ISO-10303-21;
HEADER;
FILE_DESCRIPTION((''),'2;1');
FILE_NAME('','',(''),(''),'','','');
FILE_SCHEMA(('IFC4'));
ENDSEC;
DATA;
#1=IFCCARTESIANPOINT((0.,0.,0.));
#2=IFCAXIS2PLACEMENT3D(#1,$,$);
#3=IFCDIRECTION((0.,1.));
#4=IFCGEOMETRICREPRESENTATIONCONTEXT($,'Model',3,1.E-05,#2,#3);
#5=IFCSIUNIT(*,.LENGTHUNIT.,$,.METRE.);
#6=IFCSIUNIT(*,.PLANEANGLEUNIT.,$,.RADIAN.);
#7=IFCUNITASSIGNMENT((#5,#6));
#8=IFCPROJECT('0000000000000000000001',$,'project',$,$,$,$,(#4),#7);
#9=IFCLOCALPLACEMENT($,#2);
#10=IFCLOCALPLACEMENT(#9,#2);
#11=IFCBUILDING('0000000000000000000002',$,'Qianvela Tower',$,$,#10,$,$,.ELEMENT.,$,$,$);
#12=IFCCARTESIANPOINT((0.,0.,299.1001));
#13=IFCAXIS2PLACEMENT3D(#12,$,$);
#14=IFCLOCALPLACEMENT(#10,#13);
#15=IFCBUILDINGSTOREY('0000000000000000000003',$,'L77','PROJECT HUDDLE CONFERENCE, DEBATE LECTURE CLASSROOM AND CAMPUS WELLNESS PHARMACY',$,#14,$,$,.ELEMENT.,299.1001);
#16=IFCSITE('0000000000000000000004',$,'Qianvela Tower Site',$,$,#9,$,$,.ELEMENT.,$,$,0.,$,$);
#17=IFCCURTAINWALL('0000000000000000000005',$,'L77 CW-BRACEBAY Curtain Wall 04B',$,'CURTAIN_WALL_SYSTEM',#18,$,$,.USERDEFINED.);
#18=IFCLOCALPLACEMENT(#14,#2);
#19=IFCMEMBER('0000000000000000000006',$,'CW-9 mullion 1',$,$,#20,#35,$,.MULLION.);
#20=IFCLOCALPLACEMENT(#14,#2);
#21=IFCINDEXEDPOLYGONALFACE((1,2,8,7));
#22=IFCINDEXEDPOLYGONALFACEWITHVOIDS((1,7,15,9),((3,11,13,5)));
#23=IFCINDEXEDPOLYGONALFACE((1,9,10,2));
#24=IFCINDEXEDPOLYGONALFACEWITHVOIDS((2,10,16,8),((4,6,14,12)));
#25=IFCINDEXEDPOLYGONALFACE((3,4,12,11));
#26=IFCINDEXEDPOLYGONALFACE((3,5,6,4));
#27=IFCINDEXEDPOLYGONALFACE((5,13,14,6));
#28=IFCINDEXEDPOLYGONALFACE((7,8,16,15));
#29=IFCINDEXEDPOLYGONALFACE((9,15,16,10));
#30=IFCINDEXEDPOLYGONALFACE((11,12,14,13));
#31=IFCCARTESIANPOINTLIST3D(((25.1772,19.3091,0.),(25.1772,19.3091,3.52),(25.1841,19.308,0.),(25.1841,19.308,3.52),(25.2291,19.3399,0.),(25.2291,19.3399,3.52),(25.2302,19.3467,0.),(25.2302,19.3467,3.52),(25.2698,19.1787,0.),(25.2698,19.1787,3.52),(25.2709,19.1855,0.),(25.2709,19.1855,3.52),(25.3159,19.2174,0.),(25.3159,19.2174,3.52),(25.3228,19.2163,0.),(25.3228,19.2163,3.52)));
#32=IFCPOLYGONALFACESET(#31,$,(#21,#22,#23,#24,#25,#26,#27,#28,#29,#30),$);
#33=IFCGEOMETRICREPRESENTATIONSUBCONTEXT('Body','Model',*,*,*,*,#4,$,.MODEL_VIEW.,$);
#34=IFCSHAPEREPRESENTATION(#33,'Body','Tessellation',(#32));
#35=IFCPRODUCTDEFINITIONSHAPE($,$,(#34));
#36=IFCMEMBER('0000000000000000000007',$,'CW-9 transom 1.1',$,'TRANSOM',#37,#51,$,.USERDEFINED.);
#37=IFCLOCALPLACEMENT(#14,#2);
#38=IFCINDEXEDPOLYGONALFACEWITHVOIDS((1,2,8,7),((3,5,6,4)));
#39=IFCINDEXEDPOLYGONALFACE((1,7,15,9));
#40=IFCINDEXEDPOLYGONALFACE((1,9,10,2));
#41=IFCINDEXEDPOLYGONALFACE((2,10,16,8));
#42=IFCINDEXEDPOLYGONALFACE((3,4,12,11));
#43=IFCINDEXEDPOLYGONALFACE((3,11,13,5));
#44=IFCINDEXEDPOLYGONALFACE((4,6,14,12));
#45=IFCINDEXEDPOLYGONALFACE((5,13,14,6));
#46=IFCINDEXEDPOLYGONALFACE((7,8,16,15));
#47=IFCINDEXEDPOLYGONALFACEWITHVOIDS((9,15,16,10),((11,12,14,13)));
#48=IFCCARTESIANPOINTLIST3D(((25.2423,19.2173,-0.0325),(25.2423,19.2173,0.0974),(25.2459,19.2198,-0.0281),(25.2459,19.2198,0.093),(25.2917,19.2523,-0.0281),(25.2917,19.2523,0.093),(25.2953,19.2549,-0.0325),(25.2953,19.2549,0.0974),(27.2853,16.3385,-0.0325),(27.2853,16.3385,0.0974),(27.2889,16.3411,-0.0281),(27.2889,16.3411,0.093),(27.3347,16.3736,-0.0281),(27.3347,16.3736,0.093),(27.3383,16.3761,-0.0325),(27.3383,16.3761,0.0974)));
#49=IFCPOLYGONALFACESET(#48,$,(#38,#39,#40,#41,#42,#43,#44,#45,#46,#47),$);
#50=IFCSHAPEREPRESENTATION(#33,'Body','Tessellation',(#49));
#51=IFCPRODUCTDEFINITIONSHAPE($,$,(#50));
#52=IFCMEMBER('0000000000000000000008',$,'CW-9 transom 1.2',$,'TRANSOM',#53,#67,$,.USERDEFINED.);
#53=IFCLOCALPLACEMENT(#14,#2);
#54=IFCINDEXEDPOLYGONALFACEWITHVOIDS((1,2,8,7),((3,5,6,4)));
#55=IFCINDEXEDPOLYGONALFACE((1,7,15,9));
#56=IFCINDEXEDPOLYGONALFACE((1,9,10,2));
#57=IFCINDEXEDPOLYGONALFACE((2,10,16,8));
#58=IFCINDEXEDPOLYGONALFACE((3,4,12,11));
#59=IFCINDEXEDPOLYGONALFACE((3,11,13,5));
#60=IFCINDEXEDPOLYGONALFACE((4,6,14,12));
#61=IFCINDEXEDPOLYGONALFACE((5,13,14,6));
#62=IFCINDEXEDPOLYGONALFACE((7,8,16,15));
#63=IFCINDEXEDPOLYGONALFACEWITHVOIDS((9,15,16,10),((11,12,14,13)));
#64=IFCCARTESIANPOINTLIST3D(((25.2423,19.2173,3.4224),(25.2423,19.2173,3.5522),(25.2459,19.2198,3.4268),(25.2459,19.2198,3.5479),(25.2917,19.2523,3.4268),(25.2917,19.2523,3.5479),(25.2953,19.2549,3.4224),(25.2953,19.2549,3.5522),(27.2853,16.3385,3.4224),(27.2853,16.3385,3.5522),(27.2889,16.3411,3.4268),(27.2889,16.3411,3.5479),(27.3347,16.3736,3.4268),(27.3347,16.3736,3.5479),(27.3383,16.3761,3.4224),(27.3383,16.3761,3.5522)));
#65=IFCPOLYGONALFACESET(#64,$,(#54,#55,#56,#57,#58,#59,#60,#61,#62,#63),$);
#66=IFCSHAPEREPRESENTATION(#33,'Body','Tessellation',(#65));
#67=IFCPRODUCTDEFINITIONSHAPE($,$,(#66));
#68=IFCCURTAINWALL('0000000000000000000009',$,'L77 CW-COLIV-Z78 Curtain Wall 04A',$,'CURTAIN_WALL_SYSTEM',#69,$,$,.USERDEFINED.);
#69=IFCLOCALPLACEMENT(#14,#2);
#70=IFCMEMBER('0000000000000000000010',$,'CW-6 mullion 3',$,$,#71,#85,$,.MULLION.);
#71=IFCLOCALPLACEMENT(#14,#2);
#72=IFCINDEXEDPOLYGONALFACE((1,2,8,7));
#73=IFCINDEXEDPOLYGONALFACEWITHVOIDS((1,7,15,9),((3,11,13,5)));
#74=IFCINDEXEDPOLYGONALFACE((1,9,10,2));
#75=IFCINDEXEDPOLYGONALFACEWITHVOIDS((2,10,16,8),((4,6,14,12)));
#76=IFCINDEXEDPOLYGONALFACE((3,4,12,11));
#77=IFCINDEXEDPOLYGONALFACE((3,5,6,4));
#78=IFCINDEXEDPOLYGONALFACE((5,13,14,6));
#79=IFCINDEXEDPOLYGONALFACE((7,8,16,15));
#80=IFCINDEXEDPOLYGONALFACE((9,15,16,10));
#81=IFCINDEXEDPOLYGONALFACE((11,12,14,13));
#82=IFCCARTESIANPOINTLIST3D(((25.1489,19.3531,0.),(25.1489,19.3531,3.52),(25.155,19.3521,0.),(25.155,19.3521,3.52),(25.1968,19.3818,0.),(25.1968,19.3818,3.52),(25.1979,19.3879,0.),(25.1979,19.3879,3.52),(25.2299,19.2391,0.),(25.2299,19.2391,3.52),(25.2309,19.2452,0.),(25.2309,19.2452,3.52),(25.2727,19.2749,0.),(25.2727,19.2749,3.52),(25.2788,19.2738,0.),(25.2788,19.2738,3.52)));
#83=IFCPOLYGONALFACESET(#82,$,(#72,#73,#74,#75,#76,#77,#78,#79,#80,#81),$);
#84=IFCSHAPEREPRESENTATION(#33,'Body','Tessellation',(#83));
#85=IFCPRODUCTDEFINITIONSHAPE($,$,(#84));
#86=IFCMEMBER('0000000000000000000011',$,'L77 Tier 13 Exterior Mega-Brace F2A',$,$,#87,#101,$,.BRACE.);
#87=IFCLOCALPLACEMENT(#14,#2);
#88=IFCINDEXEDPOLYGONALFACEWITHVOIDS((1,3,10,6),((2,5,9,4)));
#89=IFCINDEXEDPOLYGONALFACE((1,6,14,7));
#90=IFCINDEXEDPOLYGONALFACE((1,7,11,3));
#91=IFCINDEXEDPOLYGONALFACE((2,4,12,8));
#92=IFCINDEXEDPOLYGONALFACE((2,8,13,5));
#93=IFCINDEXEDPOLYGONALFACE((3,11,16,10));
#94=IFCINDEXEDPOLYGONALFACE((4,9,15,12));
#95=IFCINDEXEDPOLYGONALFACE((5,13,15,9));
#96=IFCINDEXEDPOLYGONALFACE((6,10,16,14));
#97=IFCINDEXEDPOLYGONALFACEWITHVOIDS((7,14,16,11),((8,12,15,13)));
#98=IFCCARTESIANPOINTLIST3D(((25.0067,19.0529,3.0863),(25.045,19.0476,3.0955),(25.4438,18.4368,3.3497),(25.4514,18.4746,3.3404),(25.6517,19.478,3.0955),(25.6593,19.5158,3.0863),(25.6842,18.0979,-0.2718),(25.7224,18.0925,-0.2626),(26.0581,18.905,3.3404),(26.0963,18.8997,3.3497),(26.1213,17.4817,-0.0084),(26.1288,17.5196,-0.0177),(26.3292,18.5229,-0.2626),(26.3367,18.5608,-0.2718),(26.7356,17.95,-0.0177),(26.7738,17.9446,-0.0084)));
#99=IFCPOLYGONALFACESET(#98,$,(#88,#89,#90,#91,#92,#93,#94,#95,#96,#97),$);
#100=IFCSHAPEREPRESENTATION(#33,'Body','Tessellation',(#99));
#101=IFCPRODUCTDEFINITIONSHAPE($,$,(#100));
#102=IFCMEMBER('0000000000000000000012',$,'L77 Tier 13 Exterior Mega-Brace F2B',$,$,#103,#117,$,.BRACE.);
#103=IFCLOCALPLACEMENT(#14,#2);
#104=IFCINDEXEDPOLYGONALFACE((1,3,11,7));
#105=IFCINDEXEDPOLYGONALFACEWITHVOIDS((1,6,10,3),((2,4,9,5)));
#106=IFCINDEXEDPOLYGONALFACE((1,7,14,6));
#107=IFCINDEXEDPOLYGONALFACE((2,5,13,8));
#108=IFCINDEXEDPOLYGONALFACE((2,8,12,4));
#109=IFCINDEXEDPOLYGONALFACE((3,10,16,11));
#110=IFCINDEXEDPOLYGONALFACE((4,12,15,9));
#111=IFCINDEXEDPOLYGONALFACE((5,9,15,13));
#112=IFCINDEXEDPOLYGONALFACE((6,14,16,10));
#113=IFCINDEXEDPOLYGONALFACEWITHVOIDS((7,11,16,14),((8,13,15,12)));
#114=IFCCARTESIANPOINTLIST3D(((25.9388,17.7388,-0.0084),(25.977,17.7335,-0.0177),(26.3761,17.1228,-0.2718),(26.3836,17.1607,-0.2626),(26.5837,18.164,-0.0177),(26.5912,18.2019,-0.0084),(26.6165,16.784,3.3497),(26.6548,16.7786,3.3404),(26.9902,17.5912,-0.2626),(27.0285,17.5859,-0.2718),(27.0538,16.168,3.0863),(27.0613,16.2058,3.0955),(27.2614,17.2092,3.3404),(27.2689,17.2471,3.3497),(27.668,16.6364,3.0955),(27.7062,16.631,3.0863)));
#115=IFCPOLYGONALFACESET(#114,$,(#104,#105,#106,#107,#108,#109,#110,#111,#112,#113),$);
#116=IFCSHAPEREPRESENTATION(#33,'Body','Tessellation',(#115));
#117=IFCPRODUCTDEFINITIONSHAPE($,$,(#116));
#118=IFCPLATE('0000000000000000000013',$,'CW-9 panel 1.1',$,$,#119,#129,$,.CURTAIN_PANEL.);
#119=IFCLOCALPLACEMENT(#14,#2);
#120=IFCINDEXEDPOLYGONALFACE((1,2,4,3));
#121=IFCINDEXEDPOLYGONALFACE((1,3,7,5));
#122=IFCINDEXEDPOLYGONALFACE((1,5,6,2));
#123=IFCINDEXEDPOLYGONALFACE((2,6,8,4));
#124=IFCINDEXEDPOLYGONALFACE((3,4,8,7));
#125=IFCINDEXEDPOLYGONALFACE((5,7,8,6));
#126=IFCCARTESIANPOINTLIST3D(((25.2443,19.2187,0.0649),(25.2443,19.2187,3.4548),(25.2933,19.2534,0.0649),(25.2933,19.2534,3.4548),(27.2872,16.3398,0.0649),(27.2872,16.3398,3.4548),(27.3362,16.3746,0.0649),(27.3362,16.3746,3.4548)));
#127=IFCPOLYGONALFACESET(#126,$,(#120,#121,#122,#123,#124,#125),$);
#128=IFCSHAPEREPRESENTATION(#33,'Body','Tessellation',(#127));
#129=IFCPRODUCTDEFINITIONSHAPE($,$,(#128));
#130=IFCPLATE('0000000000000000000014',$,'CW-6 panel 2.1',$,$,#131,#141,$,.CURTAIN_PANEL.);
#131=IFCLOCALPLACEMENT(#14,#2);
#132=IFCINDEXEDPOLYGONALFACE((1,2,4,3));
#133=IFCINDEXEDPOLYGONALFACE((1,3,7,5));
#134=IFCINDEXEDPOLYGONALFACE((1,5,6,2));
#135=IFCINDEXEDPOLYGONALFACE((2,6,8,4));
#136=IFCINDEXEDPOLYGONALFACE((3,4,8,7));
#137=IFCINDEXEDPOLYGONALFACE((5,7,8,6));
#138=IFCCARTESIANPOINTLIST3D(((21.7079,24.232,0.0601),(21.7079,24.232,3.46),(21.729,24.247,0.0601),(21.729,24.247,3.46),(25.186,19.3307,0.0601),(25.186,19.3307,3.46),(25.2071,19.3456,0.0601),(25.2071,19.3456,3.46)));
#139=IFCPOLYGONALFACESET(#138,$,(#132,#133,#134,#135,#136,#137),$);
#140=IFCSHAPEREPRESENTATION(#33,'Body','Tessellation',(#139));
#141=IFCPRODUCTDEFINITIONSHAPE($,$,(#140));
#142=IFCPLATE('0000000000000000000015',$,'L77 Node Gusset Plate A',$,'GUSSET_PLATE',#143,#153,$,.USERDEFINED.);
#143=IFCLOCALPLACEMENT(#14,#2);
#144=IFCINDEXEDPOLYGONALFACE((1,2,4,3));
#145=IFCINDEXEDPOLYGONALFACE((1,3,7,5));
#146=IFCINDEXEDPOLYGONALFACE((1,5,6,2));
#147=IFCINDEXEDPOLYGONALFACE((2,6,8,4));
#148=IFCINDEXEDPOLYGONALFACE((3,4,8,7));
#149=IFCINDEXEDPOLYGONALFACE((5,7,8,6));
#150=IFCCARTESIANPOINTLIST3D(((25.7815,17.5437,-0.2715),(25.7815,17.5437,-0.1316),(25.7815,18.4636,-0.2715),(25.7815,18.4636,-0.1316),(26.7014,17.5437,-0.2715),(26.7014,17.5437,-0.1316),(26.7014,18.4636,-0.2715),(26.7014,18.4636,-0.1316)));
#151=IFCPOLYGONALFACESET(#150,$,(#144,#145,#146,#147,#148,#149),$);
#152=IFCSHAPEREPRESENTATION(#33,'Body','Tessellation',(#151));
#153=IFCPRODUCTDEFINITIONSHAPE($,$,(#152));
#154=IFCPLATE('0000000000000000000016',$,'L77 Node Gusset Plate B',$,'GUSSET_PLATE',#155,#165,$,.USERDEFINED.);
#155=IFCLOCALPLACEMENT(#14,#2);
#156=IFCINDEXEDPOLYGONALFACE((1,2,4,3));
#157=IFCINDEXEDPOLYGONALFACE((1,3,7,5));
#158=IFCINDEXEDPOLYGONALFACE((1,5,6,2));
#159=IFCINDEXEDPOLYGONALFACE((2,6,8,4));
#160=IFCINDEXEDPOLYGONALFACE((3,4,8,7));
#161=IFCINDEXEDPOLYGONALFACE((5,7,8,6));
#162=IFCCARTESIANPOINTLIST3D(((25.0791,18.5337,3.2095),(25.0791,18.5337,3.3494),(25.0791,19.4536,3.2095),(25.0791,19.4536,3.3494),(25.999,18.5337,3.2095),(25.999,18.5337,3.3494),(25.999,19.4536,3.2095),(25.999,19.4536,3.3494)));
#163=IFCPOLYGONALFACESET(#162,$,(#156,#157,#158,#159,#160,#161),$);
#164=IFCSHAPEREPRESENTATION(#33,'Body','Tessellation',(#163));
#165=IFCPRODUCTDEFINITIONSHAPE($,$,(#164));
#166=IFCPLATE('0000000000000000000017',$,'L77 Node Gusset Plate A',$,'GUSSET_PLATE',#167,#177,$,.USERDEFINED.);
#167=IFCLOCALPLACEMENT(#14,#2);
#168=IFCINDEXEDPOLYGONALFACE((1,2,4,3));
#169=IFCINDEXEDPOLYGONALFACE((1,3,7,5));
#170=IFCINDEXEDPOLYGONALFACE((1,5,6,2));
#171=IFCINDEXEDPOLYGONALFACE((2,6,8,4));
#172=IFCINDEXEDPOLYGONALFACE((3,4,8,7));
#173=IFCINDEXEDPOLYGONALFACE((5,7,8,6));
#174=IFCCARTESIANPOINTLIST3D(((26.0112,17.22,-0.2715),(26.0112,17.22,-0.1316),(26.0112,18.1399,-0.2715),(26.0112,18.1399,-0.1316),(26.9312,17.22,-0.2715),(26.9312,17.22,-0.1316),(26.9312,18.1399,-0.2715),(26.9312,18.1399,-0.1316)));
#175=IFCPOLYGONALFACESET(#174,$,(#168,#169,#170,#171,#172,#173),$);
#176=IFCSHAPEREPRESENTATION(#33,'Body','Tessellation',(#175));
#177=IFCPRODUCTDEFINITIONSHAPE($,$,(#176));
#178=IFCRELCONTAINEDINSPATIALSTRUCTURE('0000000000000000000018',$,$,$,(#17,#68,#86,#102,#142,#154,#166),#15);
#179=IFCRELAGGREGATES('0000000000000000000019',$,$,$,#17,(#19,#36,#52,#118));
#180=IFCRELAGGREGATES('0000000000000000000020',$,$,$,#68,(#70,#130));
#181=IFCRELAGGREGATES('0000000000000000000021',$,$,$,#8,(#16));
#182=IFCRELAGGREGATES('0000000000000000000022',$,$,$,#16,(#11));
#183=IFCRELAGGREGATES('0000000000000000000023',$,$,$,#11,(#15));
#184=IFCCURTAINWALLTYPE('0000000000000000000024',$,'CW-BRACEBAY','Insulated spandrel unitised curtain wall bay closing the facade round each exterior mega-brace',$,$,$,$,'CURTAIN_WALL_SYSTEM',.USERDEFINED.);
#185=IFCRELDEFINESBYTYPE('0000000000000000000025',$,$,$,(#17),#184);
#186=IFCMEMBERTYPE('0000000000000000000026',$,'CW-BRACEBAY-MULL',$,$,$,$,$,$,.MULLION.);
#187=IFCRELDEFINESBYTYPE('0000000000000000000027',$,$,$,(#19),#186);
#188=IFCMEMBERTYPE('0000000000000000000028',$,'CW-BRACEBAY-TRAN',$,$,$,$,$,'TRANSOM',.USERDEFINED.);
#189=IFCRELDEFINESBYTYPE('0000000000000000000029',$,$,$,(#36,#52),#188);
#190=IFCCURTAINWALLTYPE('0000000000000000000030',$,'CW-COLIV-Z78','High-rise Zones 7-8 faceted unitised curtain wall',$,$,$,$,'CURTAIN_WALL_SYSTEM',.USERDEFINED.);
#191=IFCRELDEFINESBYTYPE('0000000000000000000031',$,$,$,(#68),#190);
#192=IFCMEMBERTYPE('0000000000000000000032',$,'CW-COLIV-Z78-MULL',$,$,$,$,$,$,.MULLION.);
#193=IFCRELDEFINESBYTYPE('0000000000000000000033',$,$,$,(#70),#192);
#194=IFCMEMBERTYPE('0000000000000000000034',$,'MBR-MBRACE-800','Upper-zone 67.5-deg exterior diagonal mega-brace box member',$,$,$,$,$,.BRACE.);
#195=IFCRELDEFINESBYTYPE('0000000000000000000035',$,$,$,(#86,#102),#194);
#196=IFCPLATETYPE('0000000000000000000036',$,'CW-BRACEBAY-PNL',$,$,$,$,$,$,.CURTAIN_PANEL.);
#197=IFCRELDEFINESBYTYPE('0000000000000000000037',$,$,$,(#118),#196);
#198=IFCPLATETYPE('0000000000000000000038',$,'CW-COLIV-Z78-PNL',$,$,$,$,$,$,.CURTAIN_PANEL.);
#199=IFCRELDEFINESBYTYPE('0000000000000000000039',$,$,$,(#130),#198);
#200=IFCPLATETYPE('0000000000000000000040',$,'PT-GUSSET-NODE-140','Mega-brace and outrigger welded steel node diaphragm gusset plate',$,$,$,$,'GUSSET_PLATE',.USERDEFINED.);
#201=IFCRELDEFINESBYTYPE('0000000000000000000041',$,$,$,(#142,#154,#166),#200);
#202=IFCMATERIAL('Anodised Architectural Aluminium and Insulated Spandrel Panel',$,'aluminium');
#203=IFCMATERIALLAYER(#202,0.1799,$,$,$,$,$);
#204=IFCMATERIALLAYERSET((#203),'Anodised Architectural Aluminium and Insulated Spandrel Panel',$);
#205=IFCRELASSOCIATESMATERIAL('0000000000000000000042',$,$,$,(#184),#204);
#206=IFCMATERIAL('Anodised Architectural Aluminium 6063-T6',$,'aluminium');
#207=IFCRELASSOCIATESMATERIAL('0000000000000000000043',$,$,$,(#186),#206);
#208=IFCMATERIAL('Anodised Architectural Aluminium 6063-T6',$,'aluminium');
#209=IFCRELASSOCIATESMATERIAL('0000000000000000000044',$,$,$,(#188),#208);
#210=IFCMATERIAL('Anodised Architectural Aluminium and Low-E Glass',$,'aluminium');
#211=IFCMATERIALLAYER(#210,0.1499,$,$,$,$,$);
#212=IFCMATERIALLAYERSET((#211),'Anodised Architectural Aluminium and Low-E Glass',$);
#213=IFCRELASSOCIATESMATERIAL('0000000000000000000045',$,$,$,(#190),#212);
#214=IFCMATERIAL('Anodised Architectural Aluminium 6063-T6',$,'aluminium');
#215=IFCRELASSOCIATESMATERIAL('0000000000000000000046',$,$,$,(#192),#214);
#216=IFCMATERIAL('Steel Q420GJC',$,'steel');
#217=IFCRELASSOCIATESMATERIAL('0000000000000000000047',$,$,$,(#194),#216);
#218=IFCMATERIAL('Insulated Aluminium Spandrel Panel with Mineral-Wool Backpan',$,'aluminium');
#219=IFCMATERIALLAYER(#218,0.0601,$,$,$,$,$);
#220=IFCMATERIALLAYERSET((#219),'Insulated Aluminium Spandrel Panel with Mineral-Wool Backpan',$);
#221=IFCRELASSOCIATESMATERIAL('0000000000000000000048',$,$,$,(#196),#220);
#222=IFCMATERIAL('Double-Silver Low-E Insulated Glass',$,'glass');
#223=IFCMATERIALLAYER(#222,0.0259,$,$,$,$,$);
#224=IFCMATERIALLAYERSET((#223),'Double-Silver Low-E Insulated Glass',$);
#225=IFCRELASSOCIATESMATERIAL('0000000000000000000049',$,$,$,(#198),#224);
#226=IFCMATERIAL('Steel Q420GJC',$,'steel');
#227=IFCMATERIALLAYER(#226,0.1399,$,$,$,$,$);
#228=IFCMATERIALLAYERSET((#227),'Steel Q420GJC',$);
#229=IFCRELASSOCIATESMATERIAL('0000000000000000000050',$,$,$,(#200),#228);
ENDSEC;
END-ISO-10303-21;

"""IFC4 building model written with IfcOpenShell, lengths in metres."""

from ifc_helpers import new_model, si_unit, direction, frame, origin, origin_2d, place, context, subcontext, project, spatial, rectangle, hollow_rectangle, extrude, material, layer, layer_set, material_profile, profile_set, type_object, element, aggregate, save


model = new_model("IFC4")

# Units and contexts
model_context = context("Model", 3, precision=1e-05, world=origin(), true_north=direction((0.0, 1.0)))
body_context = subcontext(model_context, "Body", "Model", "MODEL_VIEW")
ifc_project = project(units=[si_unit("LENGTHUNIT", "METRE"), si_unit("PLANEANGLEUNIT", "RADIAN")], contexts=[model_context])

# Site, building, storey
site_placement = place(None, origin())
site = spatial("IfcSite", under=ifc_project, at=site_placement, Name="Qianvela Tower Site", CompositionType="ELEMENT", RefElevation=0.0)
building_placement = place(site_placement, origin())
building = spatial("IfcBuilding", under=site, at=building_placement, Name="Qianvela Tower", CompositionType="ELEMENT")
storey_placement = place(building_placement, frame((0.0, 0.0, 299.1001)))
storey = spatial("IfcBuildingStorey", under=building, at=storey_placement, Name="L77", Description="PROJECT HUDDLE CONFERENCE, DEBATE LECTURE CLASSROOM AND CAMPUS WELLNESS PHARMACY", CompositionType="ELEMENT", Elevation=299.1001)

# Curtain wall, members
ifc_material_1 = material(Name="Anodised Architectural Aluminium and Insulated Spandrel Panel", Category="aluminium")
ifc_layer_1 = layer(ifc_material_1, 0.1799)
ifc_layer_set_1 = layer_set([ifc_layer_1], Name="Anodised Architectural Aluminium and Insulated Spandrel Panel")
curtain_wall_type_1 = type_object("IfcCurtainWallType", Name="CW-BRACEBAY", Description="Insulated spandrel unitised curtain wall bay closing the facade round each exterior mega-brace", ElementType="CURTAIN_WALL_SYSTEM", PredefinedType="USERDEFINED", material=ifc_layer_set_1)
curtain_wall_1_placement = place(storey_placement, origin())
curtain_wall_1 = element("IfcCurtainWall", 1, at=curtain_wall_1_placement, inside=storey, type_object=curtain_wall_type_1, Name="L77 CW-BRACEBAY Curtain Wall 04B", ObjectType="CURTAIN_WALL_SYSTEM", PredefinedType="USERDEFINED")
ifc_material_2 = material(Name="Anodised Architectural Aluminium 6063-T6", Category="aluminium")
ifc_material_profile_1 = material_profile(ifc_material_2, hollow_rectangle(XDim=0.0649, YDim=0.1599, WallThickness=0.0049, at=origin_2d()), Name="ALU-MULL-65x160")
ifc_profile_set_1 = profile_set([ifc_material_profile_1], Name="Anodised Architectural Aluminium 6063-T6")
member_type_1 = type_object("IfcMemberType", Name="CW-BRACEBAY-MULL", PredefinedType="MULLION", material=ifc_profile_set_1)
member_1_placement = place(storey_placement, frame((25.25, 19.2627, 0.0), z_axis=(0.0, 0.0, 1.0), x_axis=(0.815526, 0.578721, 0.0)))
member_1 = element("IfcMember", 2, at=member_1_placement, type_object=member_type_1, Name="CW-9 mullion 1", PredefinedType="MULLION", context=body_context, shape_type="SweptSolid", body=[
    extrude(hollow_rectangle(XDim=0.0649, YDim=0.1599, WallThickness=0.0049, at=origin_2d()), origin(), (0.0, 0.0, 1.0), 3.52),
])
ifc_material_3 = material(Name="Anodised Architectural Aluminium 6063-T6", Category="aluminium")
ifc_material_profile_2 = material_profile(ifc_material_3, hollow_rectangle(XDim=0.0649, YDim=0.1299, WallThickness=0.0044, at=origin_2d()), Name="ALU-TRAN-65x130")
ifc_profile_set_2 = profile_set([ifc_material_profile_2], Name="Anodised Architectural Aluminium 6063-T6")
member_type_2 = type_object("IfcMemberType", Name="CW-BRACEBAY-TRAN", ElementType="TRANSOM", PredefinedType="USERDEFINED", material=ifc_profile_set_2)
member_2_placement = place(storey_placement, frame((25.2688, 19.2361, 0.0325), z_axis=(0.578756, -0.815501, 0.0), x_axis=(0.815501, 0.578756, 0.0)))
member_2 = element("IfcMember", 3, at=member_2_placement, type_object=member_type_2, Name="CW-9 transom 1.1", ObjectType="TRANSOM", PredefinedType="USERDEFINED", context=body_context, shape_type="SweptSolid", body=[
    extrude(hollow_rectangle(XDim=0.0649, YDim=0.1299, WallThickness=0.0044, at=origin_2d()), origin(), (0.0, 0.0, 1.0), 3.53),
])
member_3_placement = place(storey_placement, frame((25.2688, 19.2361, 3.4873), z_axis=(0.578756, -0.815501, 0.0), x_axis=(0.815501, 0.578756, 0.0)))
member_3 = element("IfcMember", 4, at=member_3_placement, type_object=member_type_2, Name="CW-9 transom 1.2", ObjectType="TRANSOM", PredefinedType="USERDEFINED", context=body_context, shape_type="SweptSolid", body=[
    extrude(hollow_rectangle(XDim=0.0649, YDim=0.1299, WallThickness=0.0044, at=origin_2d()), origin(), (0.0, 0.0, 1.0), 3.53),
])

# Curtain wall, member
ifc_material_4 = material(Name="Anodised Architectural Aluminium and Low-E Glass", Category="aluminium")
ifc_layer_2 = layer(ifc_material_4, 0.1499)
ifc_layer_set_2 = layer_set([ifc_layer_2], Name="Anodised Architectural Aluminium and Low-E Glass")
curtain_wall_type_2 = type_object("IfcCurtainWallType", Name="CW-COLIV-Z78", Description="High-rise Zones 7-8 faceted unitised curtain wall", ElementType="CURTAIN_WALL_SYSTEM", PredefinedType="USERDEFINED", material=ifc_layer_set_2)
curtain_wall_2_placement = place(storey_placement, origin())
curtain_wall_2 = element("IfcCurtainWall", 5, at=curtain_wall_2_placement, inside=storey, type_object=curtain_wall_type_2, Name="L77 CW-COLIV-Z78 Curtain Wall 04A", ObjectType="CURTAIN_WALL_SYSTEM", PredefinedType="USERDEFINED")
ifc_material_5 = material(Name="Anodised Architectural Aluminium 6063-T6", Category="aluminium")
ifc_material_profile_3 = material_profile(ifc_material_5, hollow_rectangle(XDim=0.0601, YDim=0.1399, WallThickness=0.0044, at=origin_2d()), Name="ALU-MULL-60x140")
ifc_profile_set_3 = profile_set([ifc_material_profile_3], Name="Anodised Architectural Aluminium 6063-T6")
member_type_3 = type_object("IfcMemberType", Name="CW-COLIV-Z78-MULL", PredefinedType="MULLION", material=ifc_profile_set_3)
member_4_placement = place(storey_placement, frame((25.2139, 19.3135, 0.0), z_axis=(0.0, 0.0, 1.0), x_axis=(0.815532, 0.578712, 0.0)))
member_4 = element("IfcMember", 6, at=member_4_placement, type_object=member_type_3, Name="CW-6 mullion 3", PredefinedType="MULLION", context=body_context, shape_type="SweptSolid", body=[
    extrude(hollow_rectangle(XDim=0.0601, YDim=0.1399, WallThickness=0.0044, at=origin_2d()), origin(), (0.0, 0.0, 1.0), 3.52),
])

# Members
ifc_material_6 = material(Name="Steel Q420GJC", Category="steel")
ifc_material_profile_4 = material_profile(ifc_material_6, hollow_rectangle(XDim=0.8, YDim=0.8, WallThickness=0.0281, at=origin_2d()), Name="MBOX-800x800x28")
ifc_profile_set_4 = profile_set([ifc_material_profile_4], Name="Steel Q420GJC")
member_type_4 = type_object("IfcMemberType", Name="MBR-MBRACE-800", Description="Upper-zone 67.5-deg exterior diagonal mega-brace box member", PredefinedType="BRACE", material=ifc_profile_set_4)
for number, where, z_axis, x_axis, name in (
    (7, (26.229, 18.0212, -0.1401), (-0.190496, 0.268548, 0.944242), (-0.815631, -0.578573, 0.0), "L77 Tier 13 Exterior Mega-Brace F2A"),
    (8, (26.4836, 17.6624, -0.1401), (0.190566, -0.268481, 0.944247), (0.815463, 0.57881, 0.0), "L77 Tier 13 Exterior Mega-Brace F2B"),
):
    element("IfcMember", number, at=place(storey_placement, frame(where, z_axis=z_axis, x_axis=x_axis)), inside=storey, type_object=member_type_4, Name=name, PredefinedType="BRACE", context=body_context, shape_type="SweptSolid", body=[
        extrude(hollow_rectangle(XDim=0.8, YDim=0.8, WallThickness=0.0281, at=origin_2d()), origin(), (0.0, 0.0, 1.0), 3.5564),
    ])

# Plates
ifc_material_7 = material(Name="Insulated Aluminium Spandrel Panel with Mineral-Wool Backpan", Category="aluminium")
ifc_layer_3 = layer(ifc_material_7, 0.0601)
ifc_layer_set_3 = layer_set([ifc_layer_3], Name="Insulated Aluminium Spandrel Panel with Mineral-Wool Backpan")
plate_type_1 = type_object("IfcPlateType", Name="CW-BRACEBAY-PNL", PredefinedType="CURTAIN_PANEL", material=ifc_layer_set_3)
plate_1_placement = place(storey_placement, frame((26.2903, 17.7966, 0.0649), z_axis=(0.0, 0.0, 1.0), x_axis=(0.578721, -0.815526, 0.0)))
plate_1 = element("IfcPlate", 9, at=plate_1_placement, type_object=plate_type_1, Name="CW-9 panel 1.1", PredefinedType="CURTAIN_PANEL", context=body_context, shape_type="SweptSolid", body=[
    extrude(rectangle(XDim=3.53, YDim=0.0601, at=origin_2d()), origin(), (0.0, 0.0, 1.0), 3.3899),
])
aggregate(curtain_wall_1, [member_1, member_2, member_3, plate_1])
ifc_material_8 = material(Name="Double-Silver Low-E Insulated Glass", Category="glass")
ifc_layer_4 = layer(ifc_material_8, 0.0259)
ifc_layer_set_4 = layer_set([ifc_layer_4], Name="Double-Silver Low-E Insulated Glass")
plate_type_2 = type_object("IfcPlateType", Name="CW-COLIV-Z78-PNL", PredefinedType="CURTAIN_PANEL", material=ifc_layer_set_4)
plate_2_placement = place(storey_placement, frame((23.4575, 21.7888, 0.0601), z_axis=(0.0, 0.0, 1.0), x_axis=(0.578712, -0.815532, 0.0)))
plate_2 = element("IfcPlate", 10, at=plate_2_placement, type_object=plate_type_2, Name="CW-6 panel 2.1", PredefinedType="CURTAIN_PANEL", context=body_context, shape_type="SweptSolid", body=[
    extrude(rectangle(XDim=6.01, YDim=0.0259, at=origin_2d()), origin(), (0.0, 0.0, 1.0), 3.3999),
])
aggregate(curtain_wall_2, [member_4, plate_2])

# Plates
ifc_material_9 = material(Name="Steel Q420GJC", Category="steel")
ifc_layer_5 = layer(ifc_material_9, 0.1399)
ifc_layer_set_5 = layer_set([ifc_layer_5], Name="Steel Q420GJC")
plate_type_3 = type_object("IfcPlateType", Name="PT-GUSSET-NODE-140", Description="Mega-brace and outrigger welded steel node diaphragm gusset plate", ElementType="GUSSET_PLATE", PredefinedType="USERDEFINED", material=ifc_layer_set_5)
for number, where, z_axis, x_axis, name in (
    (11, (26.2415, 18.0037, -0.2715), (0.0, 0.0, 1.0), (1.0, 0.0, 0.0), "L77 Node Gusset Plate A"),
    (12, (25.5391, 18.9937, 3.2095), (0.0, 0.0, 1.0), (1.0, 0.0, 0.0), "L77 Node Gusset Plate B"),
    (13, (26.4712, 17.6799, -0.2715), (0.0, 0.0, 1.0), (1.0, 0.0, 0.0), "L77 Node Gusset Plate A"),
):
    element("IfcPlate", number, at=place(storey_placement, frame(where, z_axis=z_axis, x_axis=x_axis)), inside=storey, type_object=plate_type_3, Name=name, ObjectType="GUSSET_PLATE", PredefinedType="USERDEFINED", context=body_context, shape_type="SweptSolid", body=[
        extrude(rectangle(XDim=0.9199, YDim=0.9199, at=origin_2d()), origin(), (0.0, 0.0, 1.0), 0.1399),
    ])

save(model, "model.ifc")
